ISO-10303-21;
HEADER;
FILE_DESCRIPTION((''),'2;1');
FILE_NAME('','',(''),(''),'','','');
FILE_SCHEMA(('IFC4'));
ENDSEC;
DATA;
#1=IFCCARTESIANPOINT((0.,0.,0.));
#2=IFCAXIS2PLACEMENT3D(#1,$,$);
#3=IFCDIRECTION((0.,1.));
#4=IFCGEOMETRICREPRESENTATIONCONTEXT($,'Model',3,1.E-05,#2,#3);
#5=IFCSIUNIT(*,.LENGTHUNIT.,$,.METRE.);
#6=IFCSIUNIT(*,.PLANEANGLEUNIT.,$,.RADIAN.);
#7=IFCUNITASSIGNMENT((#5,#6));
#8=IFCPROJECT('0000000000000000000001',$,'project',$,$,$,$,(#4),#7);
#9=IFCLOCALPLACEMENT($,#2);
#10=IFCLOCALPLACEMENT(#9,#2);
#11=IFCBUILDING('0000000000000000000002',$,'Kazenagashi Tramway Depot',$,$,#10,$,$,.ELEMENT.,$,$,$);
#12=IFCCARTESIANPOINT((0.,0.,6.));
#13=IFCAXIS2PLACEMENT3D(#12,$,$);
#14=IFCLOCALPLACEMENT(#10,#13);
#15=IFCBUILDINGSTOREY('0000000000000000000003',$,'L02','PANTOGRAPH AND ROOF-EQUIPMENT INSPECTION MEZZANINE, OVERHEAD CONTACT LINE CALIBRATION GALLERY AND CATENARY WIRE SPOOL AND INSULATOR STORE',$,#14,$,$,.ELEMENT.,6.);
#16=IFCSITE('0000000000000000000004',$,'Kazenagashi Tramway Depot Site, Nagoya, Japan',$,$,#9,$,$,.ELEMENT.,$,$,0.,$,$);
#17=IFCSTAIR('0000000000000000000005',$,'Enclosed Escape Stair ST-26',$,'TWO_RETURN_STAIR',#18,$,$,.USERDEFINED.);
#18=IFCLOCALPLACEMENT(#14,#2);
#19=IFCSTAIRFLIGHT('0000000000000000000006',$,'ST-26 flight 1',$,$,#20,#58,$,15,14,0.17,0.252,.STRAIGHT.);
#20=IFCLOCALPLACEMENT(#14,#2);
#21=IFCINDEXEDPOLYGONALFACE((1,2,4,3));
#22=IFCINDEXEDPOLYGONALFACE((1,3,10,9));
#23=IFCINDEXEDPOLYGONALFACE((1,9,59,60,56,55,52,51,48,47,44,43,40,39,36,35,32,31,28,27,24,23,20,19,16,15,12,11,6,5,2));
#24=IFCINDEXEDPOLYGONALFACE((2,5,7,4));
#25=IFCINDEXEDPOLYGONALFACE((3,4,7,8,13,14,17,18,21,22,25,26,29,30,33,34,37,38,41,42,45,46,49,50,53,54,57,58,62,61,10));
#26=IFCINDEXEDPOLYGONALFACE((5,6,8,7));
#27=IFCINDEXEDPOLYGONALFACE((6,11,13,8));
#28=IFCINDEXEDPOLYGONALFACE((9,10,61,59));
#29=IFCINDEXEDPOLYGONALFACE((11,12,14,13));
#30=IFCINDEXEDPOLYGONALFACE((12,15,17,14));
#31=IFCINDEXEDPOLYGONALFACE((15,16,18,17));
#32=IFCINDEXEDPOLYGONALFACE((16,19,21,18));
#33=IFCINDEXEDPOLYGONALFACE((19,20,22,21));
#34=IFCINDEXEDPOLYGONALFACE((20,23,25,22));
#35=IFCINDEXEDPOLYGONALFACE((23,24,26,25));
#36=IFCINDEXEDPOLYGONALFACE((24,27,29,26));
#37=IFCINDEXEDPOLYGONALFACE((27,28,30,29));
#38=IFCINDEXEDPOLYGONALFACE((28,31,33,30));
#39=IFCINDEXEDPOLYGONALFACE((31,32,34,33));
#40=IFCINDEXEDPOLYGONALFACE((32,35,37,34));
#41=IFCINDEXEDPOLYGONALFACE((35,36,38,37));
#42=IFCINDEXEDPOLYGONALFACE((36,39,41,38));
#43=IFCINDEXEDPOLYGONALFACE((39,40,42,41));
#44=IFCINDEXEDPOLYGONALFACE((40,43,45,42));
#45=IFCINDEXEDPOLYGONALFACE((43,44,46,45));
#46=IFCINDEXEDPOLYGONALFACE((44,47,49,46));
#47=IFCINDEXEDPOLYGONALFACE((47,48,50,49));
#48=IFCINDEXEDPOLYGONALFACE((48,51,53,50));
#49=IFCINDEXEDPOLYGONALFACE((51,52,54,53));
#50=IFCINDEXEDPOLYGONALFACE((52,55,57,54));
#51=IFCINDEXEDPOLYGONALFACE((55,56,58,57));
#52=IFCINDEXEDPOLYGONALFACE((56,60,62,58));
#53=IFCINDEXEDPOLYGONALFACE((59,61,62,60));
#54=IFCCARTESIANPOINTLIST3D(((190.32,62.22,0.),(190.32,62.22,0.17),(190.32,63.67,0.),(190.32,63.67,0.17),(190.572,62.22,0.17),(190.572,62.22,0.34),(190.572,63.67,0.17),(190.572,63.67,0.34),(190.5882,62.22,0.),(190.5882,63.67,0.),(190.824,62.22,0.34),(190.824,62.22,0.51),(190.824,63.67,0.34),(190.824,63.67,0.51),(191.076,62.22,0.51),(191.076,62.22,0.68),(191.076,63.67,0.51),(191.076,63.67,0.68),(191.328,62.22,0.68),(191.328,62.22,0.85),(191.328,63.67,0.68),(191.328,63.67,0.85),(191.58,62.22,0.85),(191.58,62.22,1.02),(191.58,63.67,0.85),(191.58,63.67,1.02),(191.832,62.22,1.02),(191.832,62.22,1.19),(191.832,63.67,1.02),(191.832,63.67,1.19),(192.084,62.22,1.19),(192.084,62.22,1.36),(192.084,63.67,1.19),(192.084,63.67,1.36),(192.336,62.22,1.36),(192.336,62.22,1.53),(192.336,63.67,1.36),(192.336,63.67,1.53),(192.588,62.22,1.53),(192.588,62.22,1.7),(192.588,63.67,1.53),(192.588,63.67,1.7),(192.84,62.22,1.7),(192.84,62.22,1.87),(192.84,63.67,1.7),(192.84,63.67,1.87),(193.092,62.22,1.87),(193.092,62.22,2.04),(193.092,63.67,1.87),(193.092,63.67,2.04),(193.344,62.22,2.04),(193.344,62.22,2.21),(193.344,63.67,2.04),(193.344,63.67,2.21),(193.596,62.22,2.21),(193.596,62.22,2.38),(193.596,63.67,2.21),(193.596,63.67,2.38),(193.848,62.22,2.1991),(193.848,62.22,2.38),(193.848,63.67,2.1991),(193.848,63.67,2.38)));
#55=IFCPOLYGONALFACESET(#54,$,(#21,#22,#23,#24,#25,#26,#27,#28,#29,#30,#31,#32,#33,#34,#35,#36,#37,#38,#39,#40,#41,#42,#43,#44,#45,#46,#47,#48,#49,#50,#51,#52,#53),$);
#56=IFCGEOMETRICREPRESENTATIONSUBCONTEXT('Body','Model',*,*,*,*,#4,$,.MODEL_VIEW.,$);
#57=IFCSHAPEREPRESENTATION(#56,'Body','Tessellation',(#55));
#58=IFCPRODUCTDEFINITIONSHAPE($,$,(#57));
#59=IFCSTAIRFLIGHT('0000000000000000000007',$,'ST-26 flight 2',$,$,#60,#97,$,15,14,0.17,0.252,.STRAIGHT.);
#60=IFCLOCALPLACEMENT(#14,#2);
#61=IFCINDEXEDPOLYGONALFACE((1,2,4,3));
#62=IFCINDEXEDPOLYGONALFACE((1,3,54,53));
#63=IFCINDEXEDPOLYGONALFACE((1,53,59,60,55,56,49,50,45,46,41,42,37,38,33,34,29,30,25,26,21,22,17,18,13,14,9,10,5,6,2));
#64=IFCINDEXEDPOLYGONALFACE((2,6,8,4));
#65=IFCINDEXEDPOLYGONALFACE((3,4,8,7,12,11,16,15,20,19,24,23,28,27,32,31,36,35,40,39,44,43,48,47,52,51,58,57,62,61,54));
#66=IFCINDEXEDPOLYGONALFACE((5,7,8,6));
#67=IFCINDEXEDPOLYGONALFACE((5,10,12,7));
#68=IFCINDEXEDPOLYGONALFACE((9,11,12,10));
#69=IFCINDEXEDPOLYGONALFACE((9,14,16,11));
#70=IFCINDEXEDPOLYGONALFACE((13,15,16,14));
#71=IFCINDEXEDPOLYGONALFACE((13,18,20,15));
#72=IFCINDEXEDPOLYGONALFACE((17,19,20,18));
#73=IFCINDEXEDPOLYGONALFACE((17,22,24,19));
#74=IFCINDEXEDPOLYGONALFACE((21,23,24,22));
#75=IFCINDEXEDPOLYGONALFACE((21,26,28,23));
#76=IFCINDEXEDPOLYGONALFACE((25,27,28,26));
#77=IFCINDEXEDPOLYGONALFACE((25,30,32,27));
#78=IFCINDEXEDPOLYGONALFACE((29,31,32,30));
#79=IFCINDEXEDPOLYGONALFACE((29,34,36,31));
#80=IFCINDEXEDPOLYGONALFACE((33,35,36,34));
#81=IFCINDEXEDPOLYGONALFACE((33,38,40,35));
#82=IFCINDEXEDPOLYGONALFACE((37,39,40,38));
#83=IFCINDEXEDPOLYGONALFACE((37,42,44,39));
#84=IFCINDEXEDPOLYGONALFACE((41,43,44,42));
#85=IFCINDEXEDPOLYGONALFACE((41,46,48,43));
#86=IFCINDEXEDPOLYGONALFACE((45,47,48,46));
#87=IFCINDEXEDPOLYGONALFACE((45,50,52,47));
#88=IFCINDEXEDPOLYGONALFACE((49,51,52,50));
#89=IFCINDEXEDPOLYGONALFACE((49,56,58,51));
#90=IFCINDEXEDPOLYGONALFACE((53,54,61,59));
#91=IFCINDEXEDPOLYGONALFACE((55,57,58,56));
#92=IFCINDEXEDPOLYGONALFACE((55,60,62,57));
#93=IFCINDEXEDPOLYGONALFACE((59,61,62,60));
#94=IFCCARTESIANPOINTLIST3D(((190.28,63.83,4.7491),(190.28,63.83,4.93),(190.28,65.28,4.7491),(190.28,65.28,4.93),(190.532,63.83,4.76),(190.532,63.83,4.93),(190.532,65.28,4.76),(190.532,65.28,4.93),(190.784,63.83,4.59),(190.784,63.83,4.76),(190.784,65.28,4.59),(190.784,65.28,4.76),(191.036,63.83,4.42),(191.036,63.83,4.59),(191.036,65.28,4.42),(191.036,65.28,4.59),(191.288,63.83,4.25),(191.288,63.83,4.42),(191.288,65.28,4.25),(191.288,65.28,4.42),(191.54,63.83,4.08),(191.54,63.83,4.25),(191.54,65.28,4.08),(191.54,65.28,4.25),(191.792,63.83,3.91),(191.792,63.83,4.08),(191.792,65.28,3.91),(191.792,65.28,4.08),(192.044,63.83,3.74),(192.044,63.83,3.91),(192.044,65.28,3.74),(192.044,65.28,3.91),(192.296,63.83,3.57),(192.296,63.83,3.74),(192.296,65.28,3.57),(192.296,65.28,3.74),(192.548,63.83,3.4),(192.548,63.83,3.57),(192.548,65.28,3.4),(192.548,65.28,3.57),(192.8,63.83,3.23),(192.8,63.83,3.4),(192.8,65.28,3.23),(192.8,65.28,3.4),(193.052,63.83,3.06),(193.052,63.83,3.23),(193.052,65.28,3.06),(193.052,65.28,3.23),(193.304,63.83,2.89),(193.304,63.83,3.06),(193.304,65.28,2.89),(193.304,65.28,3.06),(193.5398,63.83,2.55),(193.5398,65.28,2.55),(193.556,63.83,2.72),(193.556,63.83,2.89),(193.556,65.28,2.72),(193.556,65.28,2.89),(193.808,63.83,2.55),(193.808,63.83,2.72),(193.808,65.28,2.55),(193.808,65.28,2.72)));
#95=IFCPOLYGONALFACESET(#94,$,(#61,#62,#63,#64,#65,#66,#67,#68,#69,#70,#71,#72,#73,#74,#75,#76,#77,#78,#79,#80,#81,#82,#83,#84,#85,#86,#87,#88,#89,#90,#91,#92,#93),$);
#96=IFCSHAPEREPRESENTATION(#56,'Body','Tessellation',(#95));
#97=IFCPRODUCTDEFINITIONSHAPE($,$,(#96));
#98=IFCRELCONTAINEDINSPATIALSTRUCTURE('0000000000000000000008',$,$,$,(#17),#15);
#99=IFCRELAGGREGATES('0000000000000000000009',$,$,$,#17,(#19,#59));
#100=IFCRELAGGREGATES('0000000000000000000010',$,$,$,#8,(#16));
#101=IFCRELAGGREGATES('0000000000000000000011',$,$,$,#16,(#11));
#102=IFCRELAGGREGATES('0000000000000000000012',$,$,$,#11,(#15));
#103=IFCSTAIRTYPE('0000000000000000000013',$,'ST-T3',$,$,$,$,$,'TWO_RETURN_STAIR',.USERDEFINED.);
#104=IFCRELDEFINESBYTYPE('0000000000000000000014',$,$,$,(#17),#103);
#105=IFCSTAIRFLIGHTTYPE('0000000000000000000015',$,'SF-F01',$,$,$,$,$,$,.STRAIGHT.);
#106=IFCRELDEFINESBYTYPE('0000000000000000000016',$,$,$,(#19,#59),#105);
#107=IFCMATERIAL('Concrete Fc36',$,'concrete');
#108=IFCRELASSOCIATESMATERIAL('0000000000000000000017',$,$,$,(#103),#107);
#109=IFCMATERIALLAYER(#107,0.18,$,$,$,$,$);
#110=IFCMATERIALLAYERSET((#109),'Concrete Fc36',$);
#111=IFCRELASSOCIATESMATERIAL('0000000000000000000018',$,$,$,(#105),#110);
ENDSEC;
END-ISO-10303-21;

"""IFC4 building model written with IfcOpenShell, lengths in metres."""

from ifc_helpers import new_model, si_unit, direction, frame, origin, place, context, subcontext, project, spatial, polyline, outline, extrude, material, layer, layer_set, type_object, element, aggregate, save


model = new_model("IFC4")

# Units and contexts
model_context = context("Model", 3, precision=1e-05, world=origin(), true_north=direction((0.0, 1.0)))
body_context = subcontext(model_context, "Body", "Model", "MODEL_VIEW")
ifc_project = project(units=[si_unit("LENGTHUNIT", "METRE"), si_unit("PLANEANGLEUNIT", "RADIAN")], contexts=[model_context])

# Site, building, storey
site_placement = place(None, origin())
site = spatial("IfcSite", under=ifc_project, at=site_placement, Name="Kazenagashi Tramway Depot Site, Nagoya, Japan", CompositionType="ELEMENT", RefElevation=0.0)
building_placement = place(site_placement, origin())
building = spatial("IfcBuilding", under=site, at=building_placement, Name="Kazenagashi Tramway Depot", CompositionType="ELEMENT")
storey_placement = place(building_placement, frame((0.0, 0.0, 6.0)))
storey = spatial("IfcBuildingStorey", under=building, at=storey_placement, Name="L02", Description="PANTOGRAPH AND ROOF-EQUIPMENT INSPECTION MEZZANINE, OVERHEAD CONTACT LINE CALIBRATION GALLERY AND CATENARY WIRE SPOOL AND INSULATOR STORE", CompositionType="ELEMENT", Elevation=6.0)

# Shared definitions
ifc_material_1 = material(Name="Concrete Fc36", Category="concrete")

# Stair, stair flights
stair_type = type_object("IfcStairType", Name="ST-T3", ElementType="TWO_RETURN_STAIR", PredefinedType="USERDEFINED", material=ifc_material_1)
stair_placement = place(storey_placement, origin())
stair = element("IfcStair", 1, at=stair_placement, inside=storey, type_object=stair_type, Name="Enclosed Escape Stair ST-26", ObjectType="TWO_RETURN_STAIR", PredefinedType="USERDEFINED")
ifc_layer_1 = layer(ifc_material_1, 0.18)
ifc_layer_set_1 = layer_set([ifc_layer_1], Name="Concrete Fc36")
stair_flight_type = type_object("IfcStairFlightType", Name="SF-F01", PredefinedType="STRAIGHT", material=ifc_layer_set_1)
stair_flight_1_placement = place(storey_placement, frame((190.32, 62.945, 0.0), z_axis=(0.0, 0.0, 1.0), x_axis=(1.0, 0.0, 0.0)))
stair_flight_1 = element("IfcStairFlight", 2, at=stair_flight_1_placement, type_object=stair_flight_type, Name="ST-26 flight 1", NumberOfRisers=15, NumberOfTreads=14, PredefinedType="STRAIGHT", RiserHeight=0.17, TreadLength=0.252, context=body_context, shape_type="SweptSolid", body=[
    extrude(outline(polyline([(0.0, 0.0), (0.0, 0.17), (0.252, 0.17), (0.252, 0.34), (0.504, 0.34), (0.504, 0.51), (0.756, 0.51), (0.756, 0.68), (1.008, 0.68), (1.008, 0.85), (1.26, 0.85), (1.26, 1.02), (1.512, 1.02), (1.512, 1.19), (1.764, 1.19), (1.764, 1.36), (2.016, 1.36), (2.016, 1.53), (2.268, 1.53), (2.268, 1.7), (2.52, 1.7), (2.52, 1.87), (2.772, 1.87), (2.772, 2.04), (3.024, 2.04), (3.024, 2.21), (3.276, 2.21), (3.276, 2.38), (3.528, 2.38), (3.528, 2.55), (3.528, 2.1991), (0.2682, 0.0), (0.0, 0.0)])), frame((0.0, 0.725, 0.0), z_axis=(0.0, -1.0, 0.0), x_axis=(1.0, 0.0, 0.0)), (0.0, 0.0, 1.0), 1.45),
])
stair_flight_2_placement = place(storey_placement, frame((193.808, 64.555, 2.55), z_axis=(0.0, 0.0, 1.0), x_axis=(-1.0, 0.0, 0.0)))
stair_flight_2 = element("IfcStairFlight", 3, at=stair_flight_2_placement, type_object=stair_flight_type, Name="ST-26 flight 2", NumberOfRisers=15, NumberOfTreads=14, PredefinedType="STRAIGHT", RiserHeight=0.17, TreadLength=0.252, context=body_context, shape_type="SweptSolid", body=[
    extrude(outline(polyline([(0.0, 0.0), (0.0, 0.17), (0.252, 0.17), (0.252, 0.34), (0.504, 0.34), (0.504, 0.51), (0.756, 0.51), (0.756, 0.68), (1.008, 0.68), (1.008, 0.85), (1.26, 0.85), (1.26, 1.02), (1.512, 1.02), (1.512, 1.19), (1.764, 1.19), (1.764, 1.36), (2.016, 1.36), (2.016, 1.53), (2.268, 1.53), (2.268, 1.7), (2.52, 1.7), (2.52, 1.87), (2.772, 1.87), (2.772, 2.04), (3.024, 2.04), (3.024, 2.21), (3.276, 2.21), (3.276, 2.38), (3.528, 2.38), (3.528, 2.55), (3.528, 2.1991), (0.2682, 0.0), (0.0, 0.0)])), frame((0.0, 0.725, 0.0), z_axis=(0.0, -1.0, 0.0), x_axis=(1.0, 0.0, 0.0)), (0.0, 0.0, 1.0), 1.45),
])
aggregate(stair, [stair_flight_1, stair_flight_2])

save(model, "model.ifc")
